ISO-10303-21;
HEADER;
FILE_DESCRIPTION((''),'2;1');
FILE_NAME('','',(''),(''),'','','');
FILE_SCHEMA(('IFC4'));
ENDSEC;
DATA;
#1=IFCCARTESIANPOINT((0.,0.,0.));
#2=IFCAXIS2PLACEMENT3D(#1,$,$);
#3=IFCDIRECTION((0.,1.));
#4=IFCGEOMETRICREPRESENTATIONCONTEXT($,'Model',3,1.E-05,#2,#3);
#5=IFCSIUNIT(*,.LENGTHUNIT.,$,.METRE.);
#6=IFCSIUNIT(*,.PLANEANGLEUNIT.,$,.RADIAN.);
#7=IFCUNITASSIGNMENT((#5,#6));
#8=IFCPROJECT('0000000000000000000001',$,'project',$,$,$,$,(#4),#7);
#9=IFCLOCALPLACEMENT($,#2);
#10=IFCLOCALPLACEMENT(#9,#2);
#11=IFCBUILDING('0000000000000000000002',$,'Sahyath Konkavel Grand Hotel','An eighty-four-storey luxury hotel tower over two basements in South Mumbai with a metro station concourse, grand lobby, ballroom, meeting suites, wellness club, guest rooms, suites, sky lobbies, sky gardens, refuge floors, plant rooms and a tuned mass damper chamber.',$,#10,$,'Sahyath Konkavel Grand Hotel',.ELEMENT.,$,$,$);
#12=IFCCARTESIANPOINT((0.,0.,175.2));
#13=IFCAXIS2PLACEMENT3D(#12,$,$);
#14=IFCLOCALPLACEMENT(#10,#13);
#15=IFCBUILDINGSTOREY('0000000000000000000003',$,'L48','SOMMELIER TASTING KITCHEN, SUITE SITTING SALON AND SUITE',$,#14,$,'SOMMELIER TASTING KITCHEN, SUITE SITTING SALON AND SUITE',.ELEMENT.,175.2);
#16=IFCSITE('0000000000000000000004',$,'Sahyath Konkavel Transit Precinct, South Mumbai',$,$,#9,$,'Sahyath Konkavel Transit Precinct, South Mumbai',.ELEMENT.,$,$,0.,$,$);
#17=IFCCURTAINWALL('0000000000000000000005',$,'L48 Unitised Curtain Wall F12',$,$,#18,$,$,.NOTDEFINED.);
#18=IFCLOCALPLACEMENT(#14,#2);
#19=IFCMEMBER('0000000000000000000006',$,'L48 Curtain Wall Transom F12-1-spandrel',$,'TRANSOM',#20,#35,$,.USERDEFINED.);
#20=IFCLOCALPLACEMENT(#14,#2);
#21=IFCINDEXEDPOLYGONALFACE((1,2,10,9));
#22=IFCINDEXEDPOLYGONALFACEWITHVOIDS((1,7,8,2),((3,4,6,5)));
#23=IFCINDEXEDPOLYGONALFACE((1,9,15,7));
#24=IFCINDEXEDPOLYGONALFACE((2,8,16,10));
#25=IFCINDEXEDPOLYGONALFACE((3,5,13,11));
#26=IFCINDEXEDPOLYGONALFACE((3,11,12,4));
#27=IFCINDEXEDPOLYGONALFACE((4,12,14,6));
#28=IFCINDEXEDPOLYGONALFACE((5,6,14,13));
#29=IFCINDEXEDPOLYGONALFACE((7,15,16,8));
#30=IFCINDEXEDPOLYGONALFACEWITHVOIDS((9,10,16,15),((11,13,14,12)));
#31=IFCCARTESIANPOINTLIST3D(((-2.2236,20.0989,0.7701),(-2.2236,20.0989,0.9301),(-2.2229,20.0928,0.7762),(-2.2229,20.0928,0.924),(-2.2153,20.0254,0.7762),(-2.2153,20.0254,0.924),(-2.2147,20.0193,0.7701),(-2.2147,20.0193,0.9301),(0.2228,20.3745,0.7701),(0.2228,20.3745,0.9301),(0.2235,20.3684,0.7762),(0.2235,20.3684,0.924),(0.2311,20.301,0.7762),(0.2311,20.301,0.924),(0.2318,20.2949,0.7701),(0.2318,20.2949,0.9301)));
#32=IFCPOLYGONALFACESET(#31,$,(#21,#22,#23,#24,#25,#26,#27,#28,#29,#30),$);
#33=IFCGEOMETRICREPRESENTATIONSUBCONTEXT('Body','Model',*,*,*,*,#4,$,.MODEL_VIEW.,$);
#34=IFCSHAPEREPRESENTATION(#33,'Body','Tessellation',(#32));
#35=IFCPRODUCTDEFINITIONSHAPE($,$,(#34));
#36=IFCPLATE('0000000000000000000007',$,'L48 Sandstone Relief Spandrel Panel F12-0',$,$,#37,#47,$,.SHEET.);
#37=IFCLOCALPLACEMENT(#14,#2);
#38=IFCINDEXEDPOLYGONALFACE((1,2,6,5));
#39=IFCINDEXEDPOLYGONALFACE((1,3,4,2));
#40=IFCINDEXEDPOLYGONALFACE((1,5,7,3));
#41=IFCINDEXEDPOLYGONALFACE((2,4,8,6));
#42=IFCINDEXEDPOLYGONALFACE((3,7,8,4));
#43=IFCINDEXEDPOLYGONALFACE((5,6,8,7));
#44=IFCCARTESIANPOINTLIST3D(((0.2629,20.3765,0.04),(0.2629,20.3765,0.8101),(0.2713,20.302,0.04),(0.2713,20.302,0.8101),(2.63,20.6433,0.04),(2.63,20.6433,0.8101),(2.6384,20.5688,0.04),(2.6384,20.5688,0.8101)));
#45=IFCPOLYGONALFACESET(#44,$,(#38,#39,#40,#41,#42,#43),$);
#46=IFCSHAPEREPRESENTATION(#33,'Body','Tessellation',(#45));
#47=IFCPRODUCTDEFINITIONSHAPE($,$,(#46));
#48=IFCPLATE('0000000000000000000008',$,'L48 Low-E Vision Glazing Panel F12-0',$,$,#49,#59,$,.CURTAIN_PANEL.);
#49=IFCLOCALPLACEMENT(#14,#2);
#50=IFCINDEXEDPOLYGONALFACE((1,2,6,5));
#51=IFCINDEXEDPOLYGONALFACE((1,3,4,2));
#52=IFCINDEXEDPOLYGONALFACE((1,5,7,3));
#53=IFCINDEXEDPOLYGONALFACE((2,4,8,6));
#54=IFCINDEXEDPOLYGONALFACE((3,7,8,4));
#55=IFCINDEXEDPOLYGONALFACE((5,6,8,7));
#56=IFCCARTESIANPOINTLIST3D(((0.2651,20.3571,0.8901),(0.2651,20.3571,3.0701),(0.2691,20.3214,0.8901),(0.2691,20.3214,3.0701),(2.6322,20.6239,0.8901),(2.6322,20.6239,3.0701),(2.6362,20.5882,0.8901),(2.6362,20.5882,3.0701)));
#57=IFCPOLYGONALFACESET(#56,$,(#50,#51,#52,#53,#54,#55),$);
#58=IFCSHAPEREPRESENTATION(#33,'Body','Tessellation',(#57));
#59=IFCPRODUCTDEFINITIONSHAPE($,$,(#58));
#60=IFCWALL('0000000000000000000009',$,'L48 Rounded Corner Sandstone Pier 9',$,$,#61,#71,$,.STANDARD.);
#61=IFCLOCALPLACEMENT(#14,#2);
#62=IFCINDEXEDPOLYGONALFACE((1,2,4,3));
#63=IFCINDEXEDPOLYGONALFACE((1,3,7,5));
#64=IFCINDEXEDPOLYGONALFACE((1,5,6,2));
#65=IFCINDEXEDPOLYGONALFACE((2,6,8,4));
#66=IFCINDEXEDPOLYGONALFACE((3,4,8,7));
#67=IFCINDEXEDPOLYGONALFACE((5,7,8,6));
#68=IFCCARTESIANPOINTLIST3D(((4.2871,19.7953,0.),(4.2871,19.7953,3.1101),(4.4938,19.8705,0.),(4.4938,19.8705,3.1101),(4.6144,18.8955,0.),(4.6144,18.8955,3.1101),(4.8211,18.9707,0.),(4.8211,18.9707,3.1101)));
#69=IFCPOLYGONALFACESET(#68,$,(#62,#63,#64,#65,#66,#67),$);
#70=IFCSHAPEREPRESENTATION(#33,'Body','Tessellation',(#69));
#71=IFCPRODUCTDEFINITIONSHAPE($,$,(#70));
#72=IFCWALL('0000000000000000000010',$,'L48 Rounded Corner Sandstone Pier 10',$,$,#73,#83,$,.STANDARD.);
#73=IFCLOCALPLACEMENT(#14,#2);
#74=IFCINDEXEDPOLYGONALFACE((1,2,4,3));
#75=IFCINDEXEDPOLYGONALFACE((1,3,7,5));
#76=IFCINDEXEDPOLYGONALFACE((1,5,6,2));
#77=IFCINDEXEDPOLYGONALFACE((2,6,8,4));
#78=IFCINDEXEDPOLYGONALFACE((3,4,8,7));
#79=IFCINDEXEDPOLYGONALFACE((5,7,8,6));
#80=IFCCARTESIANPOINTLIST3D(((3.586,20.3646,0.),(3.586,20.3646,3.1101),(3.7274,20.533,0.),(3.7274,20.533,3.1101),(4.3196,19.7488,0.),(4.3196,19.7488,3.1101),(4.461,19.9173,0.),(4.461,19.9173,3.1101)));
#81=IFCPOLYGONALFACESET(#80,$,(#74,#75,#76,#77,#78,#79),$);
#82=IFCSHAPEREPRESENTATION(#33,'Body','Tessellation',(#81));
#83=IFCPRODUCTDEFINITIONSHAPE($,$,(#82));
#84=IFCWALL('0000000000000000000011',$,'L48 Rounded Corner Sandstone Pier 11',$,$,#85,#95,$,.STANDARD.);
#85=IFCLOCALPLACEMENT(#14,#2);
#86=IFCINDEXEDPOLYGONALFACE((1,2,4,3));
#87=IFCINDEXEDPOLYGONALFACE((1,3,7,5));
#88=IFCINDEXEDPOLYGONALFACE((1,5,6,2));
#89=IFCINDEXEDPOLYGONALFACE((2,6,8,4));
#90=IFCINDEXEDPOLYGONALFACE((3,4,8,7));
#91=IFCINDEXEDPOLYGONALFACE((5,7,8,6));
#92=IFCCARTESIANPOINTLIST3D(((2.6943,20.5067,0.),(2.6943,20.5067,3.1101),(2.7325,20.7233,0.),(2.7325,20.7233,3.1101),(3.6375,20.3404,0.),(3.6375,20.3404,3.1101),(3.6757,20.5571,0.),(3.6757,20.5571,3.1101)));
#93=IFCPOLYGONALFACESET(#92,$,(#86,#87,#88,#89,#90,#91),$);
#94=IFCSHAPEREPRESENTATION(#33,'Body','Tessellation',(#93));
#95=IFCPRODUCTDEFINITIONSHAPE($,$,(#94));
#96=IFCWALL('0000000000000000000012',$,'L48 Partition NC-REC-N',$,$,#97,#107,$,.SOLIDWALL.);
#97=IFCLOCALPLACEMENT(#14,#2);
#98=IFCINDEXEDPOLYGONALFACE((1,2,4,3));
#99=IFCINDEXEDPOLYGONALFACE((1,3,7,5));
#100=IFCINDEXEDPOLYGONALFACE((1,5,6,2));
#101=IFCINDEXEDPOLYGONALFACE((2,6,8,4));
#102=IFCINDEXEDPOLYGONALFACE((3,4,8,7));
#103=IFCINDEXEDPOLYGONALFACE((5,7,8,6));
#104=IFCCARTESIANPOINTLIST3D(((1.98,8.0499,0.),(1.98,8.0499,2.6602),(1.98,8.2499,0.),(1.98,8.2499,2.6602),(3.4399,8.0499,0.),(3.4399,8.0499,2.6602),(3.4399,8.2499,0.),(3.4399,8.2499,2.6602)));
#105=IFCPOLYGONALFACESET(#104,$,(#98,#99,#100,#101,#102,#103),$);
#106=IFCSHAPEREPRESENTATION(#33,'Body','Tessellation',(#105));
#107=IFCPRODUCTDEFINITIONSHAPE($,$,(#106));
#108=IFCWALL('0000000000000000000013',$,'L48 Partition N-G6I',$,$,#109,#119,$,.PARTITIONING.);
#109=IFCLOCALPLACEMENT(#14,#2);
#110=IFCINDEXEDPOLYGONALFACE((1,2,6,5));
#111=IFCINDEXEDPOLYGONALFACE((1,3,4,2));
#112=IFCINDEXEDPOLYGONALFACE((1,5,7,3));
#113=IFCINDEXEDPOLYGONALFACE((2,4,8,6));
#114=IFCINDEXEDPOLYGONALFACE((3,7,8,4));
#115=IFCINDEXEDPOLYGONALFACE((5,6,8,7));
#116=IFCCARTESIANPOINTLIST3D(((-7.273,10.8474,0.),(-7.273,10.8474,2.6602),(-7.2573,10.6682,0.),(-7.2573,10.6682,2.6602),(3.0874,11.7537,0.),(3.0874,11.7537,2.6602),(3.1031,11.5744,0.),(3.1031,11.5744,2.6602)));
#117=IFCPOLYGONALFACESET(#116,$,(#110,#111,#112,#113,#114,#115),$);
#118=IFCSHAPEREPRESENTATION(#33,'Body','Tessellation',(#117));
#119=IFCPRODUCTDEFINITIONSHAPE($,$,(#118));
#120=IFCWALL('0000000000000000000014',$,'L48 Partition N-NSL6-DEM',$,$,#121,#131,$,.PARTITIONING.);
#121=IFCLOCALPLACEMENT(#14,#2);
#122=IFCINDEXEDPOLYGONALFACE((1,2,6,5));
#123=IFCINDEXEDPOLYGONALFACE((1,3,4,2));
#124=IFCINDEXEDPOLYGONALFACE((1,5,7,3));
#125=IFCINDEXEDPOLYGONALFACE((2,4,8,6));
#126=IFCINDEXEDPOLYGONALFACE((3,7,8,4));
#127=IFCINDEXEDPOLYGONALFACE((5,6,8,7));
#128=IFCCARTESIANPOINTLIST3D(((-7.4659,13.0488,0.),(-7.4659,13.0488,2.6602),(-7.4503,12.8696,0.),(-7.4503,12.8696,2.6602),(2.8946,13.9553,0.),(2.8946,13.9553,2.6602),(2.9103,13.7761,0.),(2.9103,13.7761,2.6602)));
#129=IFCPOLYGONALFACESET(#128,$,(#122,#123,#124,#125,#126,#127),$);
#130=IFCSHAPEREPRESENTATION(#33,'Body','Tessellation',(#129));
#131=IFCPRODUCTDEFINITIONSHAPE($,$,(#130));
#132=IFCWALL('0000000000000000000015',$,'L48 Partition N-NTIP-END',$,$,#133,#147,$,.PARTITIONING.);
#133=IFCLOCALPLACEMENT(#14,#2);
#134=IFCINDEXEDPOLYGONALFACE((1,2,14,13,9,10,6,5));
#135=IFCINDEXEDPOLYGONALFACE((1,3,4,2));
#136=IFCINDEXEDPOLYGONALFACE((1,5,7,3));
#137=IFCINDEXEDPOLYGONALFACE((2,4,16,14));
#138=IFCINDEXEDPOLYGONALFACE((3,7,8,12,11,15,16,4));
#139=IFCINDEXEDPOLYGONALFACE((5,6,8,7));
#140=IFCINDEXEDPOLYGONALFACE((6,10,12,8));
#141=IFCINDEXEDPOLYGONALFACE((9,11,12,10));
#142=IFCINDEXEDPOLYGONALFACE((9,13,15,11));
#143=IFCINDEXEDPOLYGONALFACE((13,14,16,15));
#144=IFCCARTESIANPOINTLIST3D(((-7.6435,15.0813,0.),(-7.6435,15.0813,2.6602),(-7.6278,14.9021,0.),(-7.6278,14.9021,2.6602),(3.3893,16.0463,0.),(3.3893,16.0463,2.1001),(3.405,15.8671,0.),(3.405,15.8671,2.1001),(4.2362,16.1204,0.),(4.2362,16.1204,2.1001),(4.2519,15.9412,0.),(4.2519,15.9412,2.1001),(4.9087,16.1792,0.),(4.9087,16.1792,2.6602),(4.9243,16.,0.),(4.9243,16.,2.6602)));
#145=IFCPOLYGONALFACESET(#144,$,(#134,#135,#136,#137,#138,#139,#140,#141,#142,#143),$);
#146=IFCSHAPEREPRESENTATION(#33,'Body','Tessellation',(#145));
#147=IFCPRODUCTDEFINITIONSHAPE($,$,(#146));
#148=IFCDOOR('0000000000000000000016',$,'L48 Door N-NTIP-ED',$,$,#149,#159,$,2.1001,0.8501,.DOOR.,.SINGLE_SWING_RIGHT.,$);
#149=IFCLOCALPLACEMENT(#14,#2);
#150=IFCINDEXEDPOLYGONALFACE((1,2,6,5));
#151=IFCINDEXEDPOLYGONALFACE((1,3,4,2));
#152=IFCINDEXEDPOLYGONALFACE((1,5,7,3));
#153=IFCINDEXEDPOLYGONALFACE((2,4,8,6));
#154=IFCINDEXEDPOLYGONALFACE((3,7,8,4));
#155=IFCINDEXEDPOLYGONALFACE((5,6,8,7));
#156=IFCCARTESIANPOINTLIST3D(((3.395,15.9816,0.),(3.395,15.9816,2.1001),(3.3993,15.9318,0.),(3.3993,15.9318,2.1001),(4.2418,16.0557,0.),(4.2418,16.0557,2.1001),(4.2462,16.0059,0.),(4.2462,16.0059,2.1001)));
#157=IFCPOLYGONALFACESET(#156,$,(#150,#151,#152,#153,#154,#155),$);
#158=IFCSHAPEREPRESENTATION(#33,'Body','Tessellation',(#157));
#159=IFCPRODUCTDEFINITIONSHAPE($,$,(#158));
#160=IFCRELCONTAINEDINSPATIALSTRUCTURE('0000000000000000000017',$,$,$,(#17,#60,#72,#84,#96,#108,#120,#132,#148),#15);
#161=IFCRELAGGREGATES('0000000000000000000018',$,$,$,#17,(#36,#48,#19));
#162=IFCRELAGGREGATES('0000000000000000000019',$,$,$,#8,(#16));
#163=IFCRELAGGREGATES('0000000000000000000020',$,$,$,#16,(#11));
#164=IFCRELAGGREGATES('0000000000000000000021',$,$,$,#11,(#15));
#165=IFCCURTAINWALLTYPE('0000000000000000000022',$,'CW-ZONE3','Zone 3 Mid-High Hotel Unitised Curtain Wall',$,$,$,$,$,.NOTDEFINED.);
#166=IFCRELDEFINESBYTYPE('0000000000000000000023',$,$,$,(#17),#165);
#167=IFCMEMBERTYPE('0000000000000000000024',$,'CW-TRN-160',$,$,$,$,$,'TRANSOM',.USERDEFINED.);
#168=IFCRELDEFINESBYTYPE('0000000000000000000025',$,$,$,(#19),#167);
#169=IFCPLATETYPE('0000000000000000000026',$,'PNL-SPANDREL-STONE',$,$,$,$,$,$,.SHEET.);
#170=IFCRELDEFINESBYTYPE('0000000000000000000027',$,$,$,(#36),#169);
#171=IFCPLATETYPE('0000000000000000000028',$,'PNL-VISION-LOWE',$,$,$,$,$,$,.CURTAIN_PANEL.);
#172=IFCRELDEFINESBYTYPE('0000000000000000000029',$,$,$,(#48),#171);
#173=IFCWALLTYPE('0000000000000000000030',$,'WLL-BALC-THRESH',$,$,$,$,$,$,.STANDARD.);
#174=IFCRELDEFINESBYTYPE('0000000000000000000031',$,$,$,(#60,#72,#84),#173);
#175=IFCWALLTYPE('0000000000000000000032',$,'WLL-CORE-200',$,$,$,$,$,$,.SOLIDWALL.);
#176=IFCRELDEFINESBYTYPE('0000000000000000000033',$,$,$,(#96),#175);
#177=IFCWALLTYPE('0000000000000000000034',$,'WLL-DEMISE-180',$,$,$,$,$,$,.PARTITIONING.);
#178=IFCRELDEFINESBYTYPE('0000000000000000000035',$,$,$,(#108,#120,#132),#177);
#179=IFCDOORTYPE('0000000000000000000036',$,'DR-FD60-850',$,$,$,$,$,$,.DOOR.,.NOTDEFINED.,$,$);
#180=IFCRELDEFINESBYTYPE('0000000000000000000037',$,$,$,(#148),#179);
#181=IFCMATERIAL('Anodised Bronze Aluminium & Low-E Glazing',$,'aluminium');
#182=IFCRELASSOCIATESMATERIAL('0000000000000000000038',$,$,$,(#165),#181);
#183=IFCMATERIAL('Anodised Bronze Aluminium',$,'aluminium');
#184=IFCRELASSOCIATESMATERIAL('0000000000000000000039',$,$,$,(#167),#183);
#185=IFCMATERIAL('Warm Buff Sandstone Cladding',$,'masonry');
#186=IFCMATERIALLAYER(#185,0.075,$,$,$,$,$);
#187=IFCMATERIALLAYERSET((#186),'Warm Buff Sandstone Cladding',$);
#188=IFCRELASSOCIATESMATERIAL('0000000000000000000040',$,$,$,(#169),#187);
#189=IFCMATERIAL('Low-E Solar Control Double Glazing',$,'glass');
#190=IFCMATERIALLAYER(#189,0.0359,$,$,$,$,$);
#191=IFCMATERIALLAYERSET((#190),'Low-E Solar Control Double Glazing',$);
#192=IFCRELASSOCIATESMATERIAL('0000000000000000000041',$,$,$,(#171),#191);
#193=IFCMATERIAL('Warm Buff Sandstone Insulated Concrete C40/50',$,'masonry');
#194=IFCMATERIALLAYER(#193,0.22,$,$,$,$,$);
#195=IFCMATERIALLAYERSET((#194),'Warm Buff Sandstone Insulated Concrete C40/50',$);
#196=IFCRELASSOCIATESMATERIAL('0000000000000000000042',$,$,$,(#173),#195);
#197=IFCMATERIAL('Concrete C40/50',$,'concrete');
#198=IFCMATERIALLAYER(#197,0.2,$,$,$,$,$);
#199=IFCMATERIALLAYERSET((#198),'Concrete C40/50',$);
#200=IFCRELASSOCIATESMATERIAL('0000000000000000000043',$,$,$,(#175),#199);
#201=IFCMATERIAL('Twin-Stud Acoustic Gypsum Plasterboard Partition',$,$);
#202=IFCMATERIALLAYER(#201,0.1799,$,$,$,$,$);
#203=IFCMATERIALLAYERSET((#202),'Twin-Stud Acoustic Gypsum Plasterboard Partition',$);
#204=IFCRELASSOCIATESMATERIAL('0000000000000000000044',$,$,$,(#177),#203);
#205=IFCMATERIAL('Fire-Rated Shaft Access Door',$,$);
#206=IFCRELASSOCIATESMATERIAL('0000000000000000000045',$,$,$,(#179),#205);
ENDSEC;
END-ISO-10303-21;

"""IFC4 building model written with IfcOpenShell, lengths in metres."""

from ifc_helpers import new_model, si_unit, direction, frame, frame_2d, origin, origin_2d, place, context, subcontext, project, spatial, rectangle, hollow_rectangle, extrude, source, transform, mapped, material, layer, layer_set, material_profile, profile_set, type_object, element, fill, aggregate, save


model = new_model("IFC4")

# Units and contexts
model_context = context("Model", 3, precision=1e-05, world=origin(), true_north=direction((0.0, 1.0)))
body_context = subcontext(model_context, "Body", "Model", "MODEL_VIEW")
ifc_project = project(units=[si_unit("LENGTHUNIT", "METRE"), si_unit("PLANEANGLEUNIT", "RADIAN")], contexts=[model_context])

# Site, building, storey
site_placement = place(None, origin())
site = spatial("IfcSite", under=ifc_project, at=site_placement, Name="Sahyath Konkavel Transit Precinct, South Mumbai", LongName="Sahyath Konkavel Transit Precinct, South Mumbai", CompositionType="ELEMENT", RefElevation=0.0)
building_placement = place(site_placement, origin())
building = spatial("IfcBuilding", under=site, at=building_placement, Name="Sahyath Konkavel Grand Hotel", Description="An eighty-four-storey luxury hotel tower over two basements in South Mumbai with a metro station concourse, grand lobby, ballroom, meeting suites, wellness club, guest rooms, suites, sky lobbies, sky gardens, refuge floors, plant rooms and a tuned mass damper chamber.", LongName="Sahyath Konkavel Grand Hotel", CompositionType="ELEMENT")
storey_placement = place(building_placement, frame((0.0, 0.0, 175.2)))
storey = spatial("IfcBuildingStorey", under=building, at=storey_placement, Name="L48", Description="SOMMELIER TASTING KITCHEN, SUITE SITTING SALON AND SUITE", LongName="SOMMELIER TASTING KITCHEN, SUITE SITTING SALON AND SUITE", CompositionType="ELEMENT", Elevation=175.2)

# Shared definitions
ifc_material_1 = material(Name="Concrete C40/50", Category="concrete")

# Shared definitions
ifc_material_2 = material(Name="Anodised Bronze Aluminium & Low-E Glazing", Category="aluminium")
curtain_wall_type = type_object("IfcCurtainWallType", Name="CW-ZONE3", Description="Zone 3 Mid-High Hotel Unitised Curtain Wall", PredefinedType="NOTDEFINED", material=ifc_material_2)
ifc_material_3 = material(Name="Anodised Bronze Aluminium", Category="aluminium")

# Curtain wall, member, plates
curtain_wall_1_placement = place(storey_placement, origin())
curtain_wall_1 = element("IfcCurtainWall", 1, at=curtain_wall_1_placement, inside=storey, type_object=curtain_wall_type, Name="L48 Unitised Curtain Wall F12", PredefinedType="NOTDEFINED")
ifc_material_profile_1 = material_profile(ifc_material_3, hollow_rectangle(XDim=0.0801, YDim=0.1599, WallThickness=0.0061, at=origin_2d()), Name="RHS 160x80x6")
ifc_profile_set_1 = profile_set([ifc_material_profile_1], Name="Anodised Bronze Aluminium")
member_type_1 = type_object("IfcMemberType", Name="CW-TRN-160", ElementType="TRANSOM", PredefinedType="USERDEFINED", material=ifc_profile_set_1)
shared_shape_1 = source(origin(), body_context, "Body", "SweptSolid", [
    extrude(hollow_rectangle(XDim=0.0801, YDim=0.1599, WallThickness=0.0061, at=origin_2d()), origin(), (0.0, 0.0, 1.0), 2.4619),
])
member_1_placement = place(storey_placement, frame((0.2273, 20.3347, 0.8501), z_axis=(-0.993713, -0.111955, 0.0), x_axis=(0.111955, -0.993713, 0.0)))
member_1 = element("IfcMember", 2, at=member_1_placement, type_object=member_type_1, Name="L48 Curtain Wall Transom F12-1-spandrel", ObjectType="TRANSOM", PredefinedType="USERDEFINED", context=body_context, shape_type="MappedRepresentation", body=[
    mapped(shared_shape_1, transform((0.0, 0.0, 0.0), scale=1.0)),
])
ifc_material_4 = material(Name="Warm Buff Sandstone Cladding", Category="masonry")
ifc_layer_1 = layer(ifc_material_4, 0.075)
ifc_layer_set_1 = layer_set([ifc_layer_1], Name="Warm Buff Sandstone Cladding")
plate_type_1 = type_object("IfcPlateType", Name="PNL-SPANDREL-STONE", PredefinedType="SHEET", material=ifc_layer_set_1)
shared_shape_2 = source(origin(), body_context, "Body", "SweptSolid", [
    extrude(rectangle(XDim=2.3821, YDim=0.075, at=origin_2d()), origin(), (0.0, 0.0, 1.0), 0.77),
])
plate_1_placement = place(storey_placement, frame((1.4507, 20.4727, 0.04), z_axis=(0.0, 0.0, 1.0), x_axis=(-0.993707, -0.112007, 0.0)))
plate_1 = element("IfcPlate", 3, at=plate_1_placement, type_object=plate_type_1, Name="L48 Sandstone Relief Spandrel Panel F12-0", PredefinedType="SHEET", context=body_context, shape_type="MappedRepresentation", body=[
    mapped(shared_shape_2, transform((0.0, 0.0, 0.0), scale=1.0)),
])
ifc_material_5 = material(Name="Low-E Solar Control Double Glazing", Category="glass")
ifc_layer_2 = layer(ifc_material_5, 0.0359)
ifc_layer_set_2 = layer_set([ifc_layer_2], Name="Low-E Solar Control Double Glazing")
plate_type_2 = type_object("IfcPlateType", Name="PNL-VISION-LOWE", PredefinedType="CURTAIN_PANEL", material=ifc_layer_set_2)
shared_shape_3 = source(origin(), body_context, "Body", "SweptSolid", [
    extrude(rectangle(XDim=2.3821, YDim=0.0359, at=origin_2d()), origin(), (0.0, 0.0, 1.0), 2.1799),
])
plate_2_placement = place(storey_placement, frame((1.4507, 20.4727, 0.8901), z_axis=(0.0, 0.0, 1.0), x_axis=(-0.993707, -0.112007, 0.0)))
plate_2 = element("IfcPlate", 4, at=plate_2_placement, type_object=plate_type_2, Name="L48 Low-E Vision Glazing Panel F12-0", PredefinedType="CURTAIN_PANEL", context=body_context, shape_type="MappedRepresentation", body=[
    mapped(shared_shape_3, transform((0.0, 0.0, 0.0), scale=1.0)),
])
aggregate(curtain_wall_1, [plate_1, plate_2, member_1])

# Walls
ifc_material_6 = material(Name="Warm Buff Sandstone Insulated Concrete C40/50", Category="masonry")
ifc_layer_3 = layer(ifc_material_6, 0.22)
ifc_layer_set_3 = layer_set([ifc_layer_3], Name="Warm Buff Sandstone Insulated Concrete C40/50")
wall_type_1 = type_object("IfcWallType", Name="WLL-BALC-THRESH", PredefinedType="STANDARD", material=ifc_layer_set_3)
wall_1_placement = place(storey_placement, frame((4.7178, 18.9331, 0.0), z_axis=(0.0, 0.0, 1.0), x_axis=(-0.341886, 0.939741, 0.0)))
element("IfcWall", 5, at=wall_1_placement, inside=storey, type_object=wall_type_1, Name="L48 Rounded Corner Sandstone Pier 9", PredefinedType="STANDARD", context=body_context, shape_type="SweptSolid", body=[
    extrude(rectangle(XDim=0.9575, YDim=0.22, at=frame_2d((0.4788, 0.0))), origin(), (0.0, 0.0, 1.0), 3.1101),
])
for number, where, z_axis, x_axis, name in (
    (6, (4.3904, 19.833, 0.0), (0.0, 0.0, 1.0), (-0.765981, 0.642863, 0.0), "L48 Rounded Corner Sandstone Pier 10"),
    (7, (3.6567, 20.4487, 0.0), (0.0, 0.0, 1.0), (-0.984814, 0.173611, 0.0), "L48 Rounded Corner Sandstone Pier 11"),
):
    element("IfcWall", number, at=place(storey_placement, frame(where, z_axis=z_axis, x_axis=x_axis)), inside=storey, type_object=wall_type_1, Name=name, PredefinedType="STANDARD", context=body_context, shape_type="SweptSolid", body=[
        extrude(rectangle(XDim=0.9578, YDim=0.22, at=frame_2d((0.479, 0.0))), origin(), (0.0, 0.0, 1.0), 3.1101),
    ])
ifc_layer_4 = layer(ifc_material_1, 0.2)
ifc_layer_set_4 = layer_set([ifc_layer_4], Name="Concrete C40/50")
wall_type_2 = type_object("IfcWallType", Name="WLL-CORE-200", PredefinedType="SOLIDWALL", material=ifc_layer_set_4)
wall_2_placement = place(storey_placement, frame((1.98, 8.1499, 0.0), z_axis=(0.0, 0.0, 1.0), x_axis=(1.0, 0.0, 0.0)))
element("IfcWall", 8, at=wall_2_placement, inside=storey, type_object=wall_type_2, Name="L48 Partition NC-REC-N", PredefinedType="SOLIDWALL", context=body_context, shape_type="SweptSolid", body=[
    extrude(rectangle(XDim=1.46, YDim=0.2, at=frame_2d((0.73, 0.0))), origin(), (0.0, 0.0, 1.0), 2.6602),
])
ifc_material_7 = material(Name="Twin-Stud Acoustic Gypsum Plasterboard Partition")
ifc_layer_5 = layer(ifc_material_7, 0.1799)
ifc_layer_set_5 = layer_set([ifc_layer_5], Name="Twin-Stud Acoustic Gypsum Plasterboard Partition")
wall_type_3 = type_object("IfcWallType", Name="WLL-DEMISE-180", PredefinedType="PARTITIONING", material=ifc_layer_set_5)
wall_3_placement = place(storey_placement, frame((3.0952, 11.6641, 0.0), z_axis=(0.0, 0.0, 1.0), x_axis=(-0.996196, -0.08714, 0.0)))
element("IfcWall", 9, at=wall_3_placement, inside=storey, type_object=wall_type_3, Name="L48 Partition N-G6I", PredefinedType="PARTITIONING", context=body_context, shape_type="SweptSolid", body=[
    extrude(rectangle(XDim=10.3999, YDim=0.1799, at=frame_2d((5.2, 0.0))), origin(), (0.0, 0.0, 1.0), 2.6602),
])
wall_4_placement = place(storey_placement, frame((2.9026, 13.8657, 0.0), z_axis=(0.0, 0.0, 1.0), x_axis=(-0.996194, -0.087161, 0.0)))
element("IfcWall", 10, at=wall_4_placement, inside=storey, type_object=wall_type_3, Name="L48 Partition N-NSL6-DEM", PredefinedType="PARTITIONING", context=body_context, shape_type="SweptSolid", body=[
    extrude(rectangle(XDim=10.4001, YDim=0.1799, at=frame_2d((5.2002, 0.0))), origin(), (0.0, 0.0, 1.0), 2.6602),
])

# Wall, opening, door
wall_5_placement = place(storey_placement, frame((4.9165, 16.0896, 0.0), z_axis=(0.0, 0.0, 1.0), x_axis=(-0.996197, -0.087134, 0.0)))
wall_5 = element("IfcWall", 11, at=wall_5_placement, inside=storey, type_object=wall_type_3, Name="L48 Partition N-NTIP-END", PredefinedType="PARTITIONING", context=body_context, shape_type="SweptSolid", body=[
    extrude(rectangle(XDim=12.6001, YDim=0.1799, at=frame_2d((6.3, 0.0))), origin(), (0.0, 0.0, 1.0), 2.6602),
])
opening_1_placement = place(wall_5_placement, frame((0.675, 0.0, 0.0)))
opening_1 = element("IfcOpeningElement", 12, at=opening_1_placement, cuts=wall_5, PredefinedType="OPENING", context=body_context, shape_type="SweptSolid", body=[
    extrude(rectangle(XDim=0.8501, YDim=2.1001, at=frame_2d((0.425, 1.05))), frame((0.0, 0.1001, 0.0), z_axis=(0.0, -1.0, 0.0), x_axis=(1.0, 0.0, 0.0)), (0.0, 0.0, 1.0), 0.2),
])
ifc_material_8 = material(Name="Fire-Rated Shaft Access Door")
door_type = type_object("IfcDoorType", Name="DR-FD60-850", OperationType="NOTDEFINED", PredefinedType="DOOR", material=ifc_material_8)
shared_shape_4 = source(origin(), body_context, "Body", "SweptSolid", [
    extrude(rectangle(XDim=0.8501, YDim=0.05, at=origin_2d()), origin(), (0.0, 0.0, 1.0), 2.1001),
])
door_1_placement = place(opening_1_placement, frame((0.425, 0.0, 0.0)))
door_1 = element("IfcDoor", 13, at=door_1_placement, inside=storey, type_object=door_type, Name="L48 Door N-NTIP-ED", OperationType="SINGLE_SWING_RIGHT", OverallHeight=2.1001, OverallWidth=0.8501, PredefinedType="DOOR", context=body_context, shape_type="MappedRepresentation", body=[
    mapped(shared_shape_4, transform((0.0, 0.0, 0.0), scale=1.0)),
])
fill(opening_1, door_1)

save(model, "model.ifc")
